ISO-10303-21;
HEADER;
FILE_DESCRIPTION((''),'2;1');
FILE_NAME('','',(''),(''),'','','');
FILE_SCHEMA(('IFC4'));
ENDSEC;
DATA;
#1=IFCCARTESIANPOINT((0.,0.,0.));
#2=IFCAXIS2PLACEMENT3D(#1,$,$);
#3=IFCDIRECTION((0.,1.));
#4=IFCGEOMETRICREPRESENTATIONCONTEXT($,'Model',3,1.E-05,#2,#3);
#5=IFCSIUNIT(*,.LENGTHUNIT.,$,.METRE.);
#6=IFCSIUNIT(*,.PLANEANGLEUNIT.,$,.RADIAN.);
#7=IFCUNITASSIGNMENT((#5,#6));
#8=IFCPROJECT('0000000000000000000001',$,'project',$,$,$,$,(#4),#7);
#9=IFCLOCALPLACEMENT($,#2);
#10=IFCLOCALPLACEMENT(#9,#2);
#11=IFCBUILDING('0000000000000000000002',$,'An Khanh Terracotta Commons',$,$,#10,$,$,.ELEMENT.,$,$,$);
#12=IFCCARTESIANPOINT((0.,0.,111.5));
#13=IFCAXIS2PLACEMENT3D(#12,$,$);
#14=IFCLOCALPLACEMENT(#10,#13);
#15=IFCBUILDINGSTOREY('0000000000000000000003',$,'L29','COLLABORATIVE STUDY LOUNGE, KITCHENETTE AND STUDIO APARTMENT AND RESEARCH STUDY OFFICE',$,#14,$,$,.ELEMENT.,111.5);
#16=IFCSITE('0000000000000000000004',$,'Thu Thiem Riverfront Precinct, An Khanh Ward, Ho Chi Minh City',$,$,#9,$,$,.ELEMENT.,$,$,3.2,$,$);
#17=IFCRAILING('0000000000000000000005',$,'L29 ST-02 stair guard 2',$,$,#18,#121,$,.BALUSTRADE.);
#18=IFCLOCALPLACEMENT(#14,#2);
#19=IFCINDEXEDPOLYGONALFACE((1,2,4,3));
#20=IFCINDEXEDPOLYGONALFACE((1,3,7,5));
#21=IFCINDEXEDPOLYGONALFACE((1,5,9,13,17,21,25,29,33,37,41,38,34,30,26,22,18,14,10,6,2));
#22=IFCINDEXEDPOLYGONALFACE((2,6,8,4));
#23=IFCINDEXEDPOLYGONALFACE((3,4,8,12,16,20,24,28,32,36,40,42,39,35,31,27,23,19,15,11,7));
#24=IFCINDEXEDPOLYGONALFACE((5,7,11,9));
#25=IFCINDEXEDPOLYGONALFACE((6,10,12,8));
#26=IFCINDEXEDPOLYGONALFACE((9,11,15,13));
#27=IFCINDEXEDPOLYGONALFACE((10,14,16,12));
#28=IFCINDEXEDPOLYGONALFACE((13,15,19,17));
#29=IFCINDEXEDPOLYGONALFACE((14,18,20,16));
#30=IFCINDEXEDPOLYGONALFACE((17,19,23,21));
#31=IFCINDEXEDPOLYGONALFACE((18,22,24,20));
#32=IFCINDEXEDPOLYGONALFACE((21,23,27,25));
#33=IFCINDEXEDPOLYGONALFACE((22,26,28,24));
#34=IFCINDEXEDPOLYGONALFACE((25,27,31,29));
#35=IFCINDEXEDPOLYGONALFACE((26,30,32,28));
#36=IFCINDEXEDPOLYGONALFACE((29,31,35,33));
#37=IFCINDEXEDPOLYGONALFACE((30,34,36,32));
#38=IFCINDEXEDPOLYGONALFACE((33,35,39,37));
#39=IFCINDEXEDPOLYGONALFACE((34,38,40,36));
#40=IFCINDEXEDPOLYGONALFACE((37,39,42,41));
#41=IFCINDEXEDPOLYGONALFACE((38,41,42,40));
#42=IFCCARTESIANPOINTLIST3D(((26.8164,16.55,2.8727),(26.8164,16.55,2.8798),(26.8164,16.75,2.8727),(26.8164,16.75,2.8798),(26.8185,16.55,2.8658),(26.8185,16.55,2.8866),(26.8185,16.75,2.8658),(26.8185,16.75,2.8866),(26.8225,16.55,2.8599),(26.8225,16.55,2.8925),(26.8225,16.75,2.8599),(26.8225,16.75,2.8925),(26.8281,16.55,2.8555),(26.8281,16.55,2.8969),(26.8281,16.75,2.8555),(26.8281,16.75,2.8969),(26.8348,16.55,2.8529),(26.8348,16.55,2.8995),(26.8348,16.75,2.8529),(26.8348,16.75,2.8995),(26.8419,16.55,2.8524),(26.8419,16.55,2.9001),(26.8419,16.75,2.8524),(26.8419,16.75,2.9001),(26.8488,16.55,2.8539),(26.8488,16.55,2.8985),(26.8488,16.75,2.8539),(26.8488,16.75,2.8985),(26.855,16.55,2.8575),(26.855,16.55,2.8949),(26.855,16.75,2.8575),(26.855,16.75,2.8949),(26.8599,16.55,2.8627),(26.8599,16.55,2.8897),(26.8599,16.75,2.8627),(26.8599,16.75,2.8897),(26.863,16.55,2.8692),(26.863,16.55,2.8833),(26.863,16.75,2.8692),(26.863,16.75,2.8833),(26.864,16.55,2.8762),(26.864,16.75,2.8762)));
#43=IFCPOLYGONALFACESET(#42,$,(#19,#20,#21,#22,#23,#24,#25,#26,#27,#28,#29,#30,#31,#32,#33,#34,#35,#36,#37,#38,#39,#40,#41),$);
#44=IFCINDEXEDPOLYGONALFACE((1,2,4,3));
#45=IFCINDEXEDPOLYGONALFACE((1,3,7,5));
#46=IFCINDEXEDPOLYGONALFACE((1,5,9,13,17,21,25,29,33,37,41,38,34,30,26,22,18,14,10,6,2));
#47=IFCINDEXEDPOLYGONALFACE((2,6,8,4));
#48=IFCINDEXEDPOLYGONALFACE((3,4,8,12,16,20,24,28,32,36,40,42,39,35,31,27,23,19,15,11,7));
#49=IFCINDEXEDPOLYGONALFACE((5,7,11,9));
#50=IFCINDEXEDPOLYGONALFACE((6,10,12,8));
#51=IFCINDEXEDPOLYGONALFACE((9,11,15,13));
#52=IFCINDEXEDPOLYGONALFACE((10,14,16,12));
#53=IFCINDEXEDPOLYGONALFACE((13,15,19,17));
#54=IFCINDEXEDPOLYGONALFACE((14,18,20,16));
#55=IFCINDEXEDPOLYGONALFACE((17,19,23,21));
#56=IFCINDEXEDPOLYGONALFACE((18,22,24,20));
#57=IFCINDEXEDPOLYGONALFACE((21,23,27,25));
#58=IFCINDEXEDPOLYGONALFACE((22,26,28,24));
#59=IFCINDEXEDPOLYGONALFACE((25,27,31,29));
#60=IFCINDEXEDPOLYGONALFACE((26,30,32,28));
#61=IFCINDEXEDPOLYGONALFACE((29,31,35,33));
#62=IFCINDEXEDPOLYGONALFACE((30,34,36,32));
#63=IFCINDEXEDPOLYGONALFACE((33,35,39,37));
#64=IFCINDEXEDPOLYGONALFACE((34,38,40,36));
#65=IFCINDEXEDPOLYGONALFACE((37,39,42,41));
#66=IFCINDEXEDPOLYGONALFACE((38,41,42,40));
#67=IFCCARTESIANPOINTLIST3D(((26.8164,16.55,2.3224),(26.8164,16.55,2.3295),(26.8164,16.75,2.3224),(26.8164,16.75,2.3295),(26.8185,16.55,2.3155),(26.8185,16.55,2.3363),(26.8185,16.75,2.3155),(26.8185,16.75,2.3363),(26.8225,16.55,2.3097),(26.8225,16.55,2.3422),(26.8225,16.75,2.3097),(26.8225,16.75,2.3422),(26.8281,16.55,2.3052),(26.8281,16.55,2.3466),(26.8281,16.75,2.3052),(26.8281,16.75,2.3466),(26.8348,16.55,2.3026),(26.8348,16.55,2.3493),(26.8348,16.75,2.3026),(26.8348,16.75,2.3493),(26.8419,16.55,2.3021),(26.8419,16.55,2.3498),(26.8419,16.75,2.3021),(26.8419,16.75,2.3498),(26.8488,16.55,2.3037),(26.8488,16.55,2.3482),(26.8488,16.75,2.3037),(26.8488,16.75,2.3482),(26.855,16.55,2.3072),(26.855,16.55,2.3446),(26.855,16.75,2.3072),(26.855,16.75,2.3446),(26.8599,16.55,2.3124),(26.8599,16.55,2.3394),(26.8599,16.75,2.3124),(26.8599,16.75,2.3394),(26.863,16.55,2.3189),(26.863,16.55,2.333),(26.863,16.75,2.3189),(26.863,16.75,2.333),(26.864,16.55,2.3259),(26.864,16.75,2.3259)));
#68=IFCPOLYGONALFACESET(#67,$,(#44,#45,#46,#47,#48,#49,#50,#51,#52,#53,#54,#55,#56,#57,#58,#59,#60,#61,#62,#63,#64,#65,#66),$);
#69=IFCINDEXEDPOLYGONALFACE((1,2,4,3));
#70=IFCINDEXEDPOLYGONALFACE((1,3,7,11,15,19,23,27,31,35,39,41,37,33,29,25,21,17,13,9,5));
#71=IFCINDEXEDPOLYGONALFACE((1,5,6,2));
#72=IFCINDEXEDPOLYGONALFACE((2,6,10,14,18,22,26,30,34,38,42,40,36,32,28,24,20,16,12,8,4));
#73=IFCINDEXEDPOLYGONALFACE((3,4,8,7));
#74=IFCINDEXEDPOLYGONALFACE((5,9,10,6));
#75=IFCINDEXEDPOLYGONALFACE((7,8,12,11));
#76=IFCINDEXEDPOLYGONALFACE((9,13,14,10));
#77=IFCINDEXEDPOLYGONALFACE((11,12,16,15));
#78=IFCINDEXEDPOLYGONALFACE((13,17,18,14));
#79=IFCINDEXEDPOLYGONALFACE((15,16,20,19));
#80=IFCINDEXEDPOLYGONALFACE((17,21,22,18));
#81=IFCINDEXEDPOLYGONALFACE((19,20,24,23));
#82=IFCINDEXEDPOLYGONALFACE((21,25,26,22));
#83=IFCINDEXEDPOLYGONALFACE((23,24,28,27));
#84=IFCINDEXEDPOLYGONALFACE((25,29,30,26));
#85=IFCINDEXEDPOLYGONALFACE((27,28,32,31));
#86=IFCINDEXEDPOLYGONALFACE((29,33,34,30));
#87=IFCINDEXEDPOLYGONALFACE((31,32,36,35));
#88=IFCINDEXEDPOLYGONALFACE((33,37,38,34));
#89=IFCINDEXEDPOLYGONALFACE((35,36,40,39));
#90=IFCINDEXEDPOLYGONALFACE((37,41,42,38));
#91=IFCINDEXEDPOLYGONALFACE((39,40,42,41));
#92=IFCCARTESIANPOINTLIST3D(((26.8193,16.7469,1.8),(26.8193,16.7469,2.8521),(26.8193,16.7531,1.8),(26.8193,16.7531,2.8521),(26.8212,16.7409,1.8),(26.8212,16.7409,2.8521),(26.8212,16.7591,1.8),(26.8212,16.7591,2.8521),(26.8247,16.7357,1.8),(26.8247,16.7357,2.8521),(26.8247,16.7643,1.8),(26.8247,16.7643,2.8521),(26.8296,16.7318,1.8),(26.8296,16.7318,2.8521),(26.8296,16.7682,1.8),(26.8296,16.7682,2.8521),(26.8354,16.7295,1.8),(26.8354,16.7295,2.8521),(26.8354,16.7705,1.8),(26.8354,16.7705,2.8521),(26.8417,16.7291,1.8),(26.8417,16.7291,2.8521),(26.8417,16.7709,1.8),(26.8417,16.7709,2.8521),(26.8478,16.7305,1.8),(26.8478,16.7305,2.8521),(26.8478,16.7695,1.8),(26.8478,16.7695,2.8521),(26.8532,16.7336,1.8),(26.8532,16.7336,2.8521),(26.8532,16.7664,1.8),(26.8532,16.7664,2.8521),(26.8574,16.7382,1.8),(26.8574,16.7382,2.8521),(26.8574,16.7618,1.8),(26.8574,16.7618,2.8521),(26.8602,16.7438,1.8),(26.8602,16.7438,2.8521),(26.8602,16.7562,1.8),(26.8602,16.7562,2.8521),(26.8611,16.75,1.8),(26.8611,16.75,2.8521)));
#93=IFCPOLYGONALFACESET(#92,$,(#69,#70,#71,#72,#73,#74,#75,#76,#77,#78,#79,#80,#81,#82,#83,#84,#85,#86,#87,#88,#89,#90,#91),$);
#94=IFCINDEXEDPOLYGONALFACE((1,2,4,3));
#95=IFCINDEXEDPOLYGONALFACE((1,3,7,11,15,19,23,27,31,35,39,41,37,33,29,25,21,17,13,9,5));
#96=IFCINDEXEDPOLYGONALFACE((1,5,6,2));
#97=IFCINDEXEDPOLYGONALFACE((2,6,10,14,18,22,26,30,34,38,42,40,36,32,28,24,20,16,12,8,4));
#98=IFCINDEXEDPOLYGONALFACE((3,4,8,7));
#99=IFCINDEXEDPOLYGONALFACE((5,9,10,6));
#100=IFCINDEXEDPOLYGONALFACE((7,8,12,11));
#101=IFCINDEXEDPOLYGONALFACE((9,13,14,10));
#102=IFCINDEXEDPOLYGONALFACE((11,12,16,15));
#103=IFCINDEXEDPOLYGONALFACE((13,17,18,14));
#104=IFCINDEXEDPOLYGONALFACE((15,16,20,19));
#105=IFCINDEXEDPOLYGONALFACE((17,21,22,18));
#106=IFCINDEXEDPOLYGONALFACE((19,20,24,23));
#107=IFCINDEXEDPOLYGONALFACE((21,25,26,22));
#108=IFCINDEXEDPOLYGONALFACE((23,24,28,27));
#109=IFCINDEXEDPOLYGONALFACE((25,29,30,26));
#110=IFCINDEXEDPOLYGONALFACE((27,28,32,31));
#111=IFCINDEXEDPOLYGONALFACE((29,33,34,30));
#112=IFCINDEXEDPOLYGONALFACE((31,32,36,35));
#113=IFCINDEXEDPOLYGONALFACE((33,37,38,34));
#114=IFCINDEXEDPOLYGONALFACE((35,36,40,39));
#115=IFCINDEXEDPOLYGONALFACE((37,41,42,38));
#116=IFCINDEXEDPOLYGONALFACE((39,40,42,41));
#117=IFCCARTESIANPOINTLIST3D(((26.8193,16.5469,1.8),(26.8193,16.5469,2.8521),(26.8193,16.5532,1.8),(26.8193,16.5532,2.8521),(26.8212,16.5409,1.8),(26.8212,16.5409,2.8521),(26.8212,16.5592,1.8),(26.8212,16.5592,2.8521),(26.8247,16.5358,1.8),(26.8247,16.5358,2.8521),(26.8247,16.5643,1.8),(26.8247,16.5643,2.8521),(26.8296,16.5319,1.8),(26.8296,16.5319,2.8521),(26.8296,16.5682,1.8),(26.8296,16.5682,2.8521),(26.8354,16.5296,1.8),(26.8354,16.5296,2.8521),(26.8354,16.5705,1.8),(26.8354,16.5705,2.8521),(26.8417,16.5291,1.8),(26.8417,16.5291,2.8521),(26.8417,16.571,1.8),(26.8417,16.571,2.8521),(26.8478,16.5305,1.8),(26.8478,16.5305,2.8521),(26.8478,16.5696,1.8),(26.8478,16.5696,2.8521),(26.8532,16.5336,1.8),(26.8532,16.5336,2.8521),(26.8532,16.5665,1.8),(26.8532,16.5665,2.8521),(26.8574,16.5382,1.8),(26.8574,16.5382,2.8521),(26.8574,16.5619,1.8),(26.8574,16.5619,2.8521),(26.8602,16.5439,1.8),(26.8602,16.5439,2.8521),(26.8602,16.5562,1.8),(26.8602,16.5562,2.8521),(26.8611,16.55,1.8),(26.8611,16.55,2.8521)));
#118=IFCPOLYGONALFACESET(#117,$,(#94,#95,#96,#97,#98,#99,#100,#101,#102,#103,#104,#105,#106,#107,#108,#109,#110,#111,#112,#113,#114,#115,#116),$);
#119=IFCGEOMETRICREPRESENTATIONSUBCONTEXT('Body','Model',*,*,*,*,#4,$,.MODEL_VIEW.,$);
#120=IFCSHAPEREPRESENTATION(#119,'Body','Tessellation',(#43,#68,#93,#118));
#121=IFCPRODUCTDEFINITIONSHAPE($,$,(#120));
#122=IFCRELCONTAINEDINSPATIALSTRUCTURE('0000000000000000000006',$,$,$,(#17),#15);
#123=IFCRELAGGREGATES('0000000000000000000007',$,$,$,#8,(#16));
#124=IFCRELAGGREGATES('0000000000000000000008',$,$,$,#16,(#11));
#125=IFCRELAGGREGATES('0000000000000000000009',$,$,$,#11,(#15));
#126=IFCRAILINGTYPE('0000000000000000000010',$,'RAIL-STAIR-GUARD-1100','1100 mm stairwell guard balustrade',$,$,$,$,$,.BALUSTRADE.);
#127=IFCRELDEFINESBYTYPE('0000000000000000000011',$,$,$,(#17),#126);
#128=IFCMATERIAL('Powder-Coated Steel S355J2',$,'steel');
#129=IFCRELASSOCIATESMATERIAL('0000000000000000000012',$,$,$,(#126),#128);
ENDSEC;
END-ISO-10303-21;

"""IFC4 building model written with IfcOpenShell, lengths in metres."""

from ifc_helpers import new_model, si_unit, direction, frame, origin, origin_2d, place, context, subcontext, project, spatial, circle, extrude, material, type_object, element, save


model = new_model("IFC4")

# Units and contexts
model_context = context("Model", 3, precision=1e-05, world=origin(), true_north=direction((0.0, 1.0)))
body_context = subcontext(model_context, "Body", "Model", "MODEL_VIEW")
ifc_project = project(units=[si_unit("LENGTHUNIT", "METRE"), si_unit("PLANEANGLEUNIT", "RADIAN")], contexts=[model_context])

# Site, building, storey
site_placement = place(None, origin())
site = spatial("IfcSite", under=ifc_project, at=site_placement, Name="Thu Thiem Riverfront Precinct, An Khanh Ward, Ho Chi Minh City", CompositionType="ELEMENT", RefElevation=3.2)
building_placement = place(site_placement, origin())
building = spatial("IfcBuilding", under=site, at=building_placement, Name="An Khanh Terracotta Commons", CompositionType="ELEMENT")
storey_placement = place(building_placement, frame((0.0, 0.0, 111.5)))
storey = spatial("IfcBuildingStorey", under=building, at=storey_placement, Name="L29", Description="COLLABORATIVE STUDY LOUNGE, KITCHENETTE AND STUDIO APARTMENT AND RESEARCH STUDY OFFICE", CompositionType="ELEMENT", Elevation=111.5)

# Railing
ifc_material_1 = material(Name="Powder-Coated Steel S355J2", Category="steel")
railing_type_1 = type_object("IfcRailingType", Name="RAIL-STAIR-GUARD-1100", Description="1100 mm stairwell guard balustrade", PredefinedType="BALUSTRADE", material=ifc_material_1)
railing_1_placement = place(storey_placement, frame((26.8401, 16.75, 1.8)))
element("IfcRailing", 1, at=railing_1_placement, inside=storey, type_object=railing_type_1, Name="L29 ST-02 stair guard 2", PredefinedType="BALUSTRADE", context=body_context, shape_type="SweptSolid", body=[
    extrude(circle(Radius=0.0239, at=origin_2d()), frame((0.0, 0.0, 1.0762), z_axis=(0.0, -1.0, 0.0), x_axis=(1.0, 0.0, 0.0)), (0.0, 0.0, 1.0), 0.2),
    extrude(circle(Radius=0.0239, at=origin_2d()), frame((0.0, 0.0, 0.5259), z_axis=(0.0, -1.0, 0.0), x_axis=(1.0, 0.0, 0.0)), (0.0, 0.0, 1.0), 0.2),
    extrude(circle(Radius=0.021, at=origin_2d()), origin(), (0.0, 0.0, 1.0), 1.052),
    extrude(circle(Radius=0.021, at=origin_2d()), frame((0.0, -0.2, 0.0)), (0.0, 0.0, 1.0), 1.052),
])

save(model, "model.ifc")
